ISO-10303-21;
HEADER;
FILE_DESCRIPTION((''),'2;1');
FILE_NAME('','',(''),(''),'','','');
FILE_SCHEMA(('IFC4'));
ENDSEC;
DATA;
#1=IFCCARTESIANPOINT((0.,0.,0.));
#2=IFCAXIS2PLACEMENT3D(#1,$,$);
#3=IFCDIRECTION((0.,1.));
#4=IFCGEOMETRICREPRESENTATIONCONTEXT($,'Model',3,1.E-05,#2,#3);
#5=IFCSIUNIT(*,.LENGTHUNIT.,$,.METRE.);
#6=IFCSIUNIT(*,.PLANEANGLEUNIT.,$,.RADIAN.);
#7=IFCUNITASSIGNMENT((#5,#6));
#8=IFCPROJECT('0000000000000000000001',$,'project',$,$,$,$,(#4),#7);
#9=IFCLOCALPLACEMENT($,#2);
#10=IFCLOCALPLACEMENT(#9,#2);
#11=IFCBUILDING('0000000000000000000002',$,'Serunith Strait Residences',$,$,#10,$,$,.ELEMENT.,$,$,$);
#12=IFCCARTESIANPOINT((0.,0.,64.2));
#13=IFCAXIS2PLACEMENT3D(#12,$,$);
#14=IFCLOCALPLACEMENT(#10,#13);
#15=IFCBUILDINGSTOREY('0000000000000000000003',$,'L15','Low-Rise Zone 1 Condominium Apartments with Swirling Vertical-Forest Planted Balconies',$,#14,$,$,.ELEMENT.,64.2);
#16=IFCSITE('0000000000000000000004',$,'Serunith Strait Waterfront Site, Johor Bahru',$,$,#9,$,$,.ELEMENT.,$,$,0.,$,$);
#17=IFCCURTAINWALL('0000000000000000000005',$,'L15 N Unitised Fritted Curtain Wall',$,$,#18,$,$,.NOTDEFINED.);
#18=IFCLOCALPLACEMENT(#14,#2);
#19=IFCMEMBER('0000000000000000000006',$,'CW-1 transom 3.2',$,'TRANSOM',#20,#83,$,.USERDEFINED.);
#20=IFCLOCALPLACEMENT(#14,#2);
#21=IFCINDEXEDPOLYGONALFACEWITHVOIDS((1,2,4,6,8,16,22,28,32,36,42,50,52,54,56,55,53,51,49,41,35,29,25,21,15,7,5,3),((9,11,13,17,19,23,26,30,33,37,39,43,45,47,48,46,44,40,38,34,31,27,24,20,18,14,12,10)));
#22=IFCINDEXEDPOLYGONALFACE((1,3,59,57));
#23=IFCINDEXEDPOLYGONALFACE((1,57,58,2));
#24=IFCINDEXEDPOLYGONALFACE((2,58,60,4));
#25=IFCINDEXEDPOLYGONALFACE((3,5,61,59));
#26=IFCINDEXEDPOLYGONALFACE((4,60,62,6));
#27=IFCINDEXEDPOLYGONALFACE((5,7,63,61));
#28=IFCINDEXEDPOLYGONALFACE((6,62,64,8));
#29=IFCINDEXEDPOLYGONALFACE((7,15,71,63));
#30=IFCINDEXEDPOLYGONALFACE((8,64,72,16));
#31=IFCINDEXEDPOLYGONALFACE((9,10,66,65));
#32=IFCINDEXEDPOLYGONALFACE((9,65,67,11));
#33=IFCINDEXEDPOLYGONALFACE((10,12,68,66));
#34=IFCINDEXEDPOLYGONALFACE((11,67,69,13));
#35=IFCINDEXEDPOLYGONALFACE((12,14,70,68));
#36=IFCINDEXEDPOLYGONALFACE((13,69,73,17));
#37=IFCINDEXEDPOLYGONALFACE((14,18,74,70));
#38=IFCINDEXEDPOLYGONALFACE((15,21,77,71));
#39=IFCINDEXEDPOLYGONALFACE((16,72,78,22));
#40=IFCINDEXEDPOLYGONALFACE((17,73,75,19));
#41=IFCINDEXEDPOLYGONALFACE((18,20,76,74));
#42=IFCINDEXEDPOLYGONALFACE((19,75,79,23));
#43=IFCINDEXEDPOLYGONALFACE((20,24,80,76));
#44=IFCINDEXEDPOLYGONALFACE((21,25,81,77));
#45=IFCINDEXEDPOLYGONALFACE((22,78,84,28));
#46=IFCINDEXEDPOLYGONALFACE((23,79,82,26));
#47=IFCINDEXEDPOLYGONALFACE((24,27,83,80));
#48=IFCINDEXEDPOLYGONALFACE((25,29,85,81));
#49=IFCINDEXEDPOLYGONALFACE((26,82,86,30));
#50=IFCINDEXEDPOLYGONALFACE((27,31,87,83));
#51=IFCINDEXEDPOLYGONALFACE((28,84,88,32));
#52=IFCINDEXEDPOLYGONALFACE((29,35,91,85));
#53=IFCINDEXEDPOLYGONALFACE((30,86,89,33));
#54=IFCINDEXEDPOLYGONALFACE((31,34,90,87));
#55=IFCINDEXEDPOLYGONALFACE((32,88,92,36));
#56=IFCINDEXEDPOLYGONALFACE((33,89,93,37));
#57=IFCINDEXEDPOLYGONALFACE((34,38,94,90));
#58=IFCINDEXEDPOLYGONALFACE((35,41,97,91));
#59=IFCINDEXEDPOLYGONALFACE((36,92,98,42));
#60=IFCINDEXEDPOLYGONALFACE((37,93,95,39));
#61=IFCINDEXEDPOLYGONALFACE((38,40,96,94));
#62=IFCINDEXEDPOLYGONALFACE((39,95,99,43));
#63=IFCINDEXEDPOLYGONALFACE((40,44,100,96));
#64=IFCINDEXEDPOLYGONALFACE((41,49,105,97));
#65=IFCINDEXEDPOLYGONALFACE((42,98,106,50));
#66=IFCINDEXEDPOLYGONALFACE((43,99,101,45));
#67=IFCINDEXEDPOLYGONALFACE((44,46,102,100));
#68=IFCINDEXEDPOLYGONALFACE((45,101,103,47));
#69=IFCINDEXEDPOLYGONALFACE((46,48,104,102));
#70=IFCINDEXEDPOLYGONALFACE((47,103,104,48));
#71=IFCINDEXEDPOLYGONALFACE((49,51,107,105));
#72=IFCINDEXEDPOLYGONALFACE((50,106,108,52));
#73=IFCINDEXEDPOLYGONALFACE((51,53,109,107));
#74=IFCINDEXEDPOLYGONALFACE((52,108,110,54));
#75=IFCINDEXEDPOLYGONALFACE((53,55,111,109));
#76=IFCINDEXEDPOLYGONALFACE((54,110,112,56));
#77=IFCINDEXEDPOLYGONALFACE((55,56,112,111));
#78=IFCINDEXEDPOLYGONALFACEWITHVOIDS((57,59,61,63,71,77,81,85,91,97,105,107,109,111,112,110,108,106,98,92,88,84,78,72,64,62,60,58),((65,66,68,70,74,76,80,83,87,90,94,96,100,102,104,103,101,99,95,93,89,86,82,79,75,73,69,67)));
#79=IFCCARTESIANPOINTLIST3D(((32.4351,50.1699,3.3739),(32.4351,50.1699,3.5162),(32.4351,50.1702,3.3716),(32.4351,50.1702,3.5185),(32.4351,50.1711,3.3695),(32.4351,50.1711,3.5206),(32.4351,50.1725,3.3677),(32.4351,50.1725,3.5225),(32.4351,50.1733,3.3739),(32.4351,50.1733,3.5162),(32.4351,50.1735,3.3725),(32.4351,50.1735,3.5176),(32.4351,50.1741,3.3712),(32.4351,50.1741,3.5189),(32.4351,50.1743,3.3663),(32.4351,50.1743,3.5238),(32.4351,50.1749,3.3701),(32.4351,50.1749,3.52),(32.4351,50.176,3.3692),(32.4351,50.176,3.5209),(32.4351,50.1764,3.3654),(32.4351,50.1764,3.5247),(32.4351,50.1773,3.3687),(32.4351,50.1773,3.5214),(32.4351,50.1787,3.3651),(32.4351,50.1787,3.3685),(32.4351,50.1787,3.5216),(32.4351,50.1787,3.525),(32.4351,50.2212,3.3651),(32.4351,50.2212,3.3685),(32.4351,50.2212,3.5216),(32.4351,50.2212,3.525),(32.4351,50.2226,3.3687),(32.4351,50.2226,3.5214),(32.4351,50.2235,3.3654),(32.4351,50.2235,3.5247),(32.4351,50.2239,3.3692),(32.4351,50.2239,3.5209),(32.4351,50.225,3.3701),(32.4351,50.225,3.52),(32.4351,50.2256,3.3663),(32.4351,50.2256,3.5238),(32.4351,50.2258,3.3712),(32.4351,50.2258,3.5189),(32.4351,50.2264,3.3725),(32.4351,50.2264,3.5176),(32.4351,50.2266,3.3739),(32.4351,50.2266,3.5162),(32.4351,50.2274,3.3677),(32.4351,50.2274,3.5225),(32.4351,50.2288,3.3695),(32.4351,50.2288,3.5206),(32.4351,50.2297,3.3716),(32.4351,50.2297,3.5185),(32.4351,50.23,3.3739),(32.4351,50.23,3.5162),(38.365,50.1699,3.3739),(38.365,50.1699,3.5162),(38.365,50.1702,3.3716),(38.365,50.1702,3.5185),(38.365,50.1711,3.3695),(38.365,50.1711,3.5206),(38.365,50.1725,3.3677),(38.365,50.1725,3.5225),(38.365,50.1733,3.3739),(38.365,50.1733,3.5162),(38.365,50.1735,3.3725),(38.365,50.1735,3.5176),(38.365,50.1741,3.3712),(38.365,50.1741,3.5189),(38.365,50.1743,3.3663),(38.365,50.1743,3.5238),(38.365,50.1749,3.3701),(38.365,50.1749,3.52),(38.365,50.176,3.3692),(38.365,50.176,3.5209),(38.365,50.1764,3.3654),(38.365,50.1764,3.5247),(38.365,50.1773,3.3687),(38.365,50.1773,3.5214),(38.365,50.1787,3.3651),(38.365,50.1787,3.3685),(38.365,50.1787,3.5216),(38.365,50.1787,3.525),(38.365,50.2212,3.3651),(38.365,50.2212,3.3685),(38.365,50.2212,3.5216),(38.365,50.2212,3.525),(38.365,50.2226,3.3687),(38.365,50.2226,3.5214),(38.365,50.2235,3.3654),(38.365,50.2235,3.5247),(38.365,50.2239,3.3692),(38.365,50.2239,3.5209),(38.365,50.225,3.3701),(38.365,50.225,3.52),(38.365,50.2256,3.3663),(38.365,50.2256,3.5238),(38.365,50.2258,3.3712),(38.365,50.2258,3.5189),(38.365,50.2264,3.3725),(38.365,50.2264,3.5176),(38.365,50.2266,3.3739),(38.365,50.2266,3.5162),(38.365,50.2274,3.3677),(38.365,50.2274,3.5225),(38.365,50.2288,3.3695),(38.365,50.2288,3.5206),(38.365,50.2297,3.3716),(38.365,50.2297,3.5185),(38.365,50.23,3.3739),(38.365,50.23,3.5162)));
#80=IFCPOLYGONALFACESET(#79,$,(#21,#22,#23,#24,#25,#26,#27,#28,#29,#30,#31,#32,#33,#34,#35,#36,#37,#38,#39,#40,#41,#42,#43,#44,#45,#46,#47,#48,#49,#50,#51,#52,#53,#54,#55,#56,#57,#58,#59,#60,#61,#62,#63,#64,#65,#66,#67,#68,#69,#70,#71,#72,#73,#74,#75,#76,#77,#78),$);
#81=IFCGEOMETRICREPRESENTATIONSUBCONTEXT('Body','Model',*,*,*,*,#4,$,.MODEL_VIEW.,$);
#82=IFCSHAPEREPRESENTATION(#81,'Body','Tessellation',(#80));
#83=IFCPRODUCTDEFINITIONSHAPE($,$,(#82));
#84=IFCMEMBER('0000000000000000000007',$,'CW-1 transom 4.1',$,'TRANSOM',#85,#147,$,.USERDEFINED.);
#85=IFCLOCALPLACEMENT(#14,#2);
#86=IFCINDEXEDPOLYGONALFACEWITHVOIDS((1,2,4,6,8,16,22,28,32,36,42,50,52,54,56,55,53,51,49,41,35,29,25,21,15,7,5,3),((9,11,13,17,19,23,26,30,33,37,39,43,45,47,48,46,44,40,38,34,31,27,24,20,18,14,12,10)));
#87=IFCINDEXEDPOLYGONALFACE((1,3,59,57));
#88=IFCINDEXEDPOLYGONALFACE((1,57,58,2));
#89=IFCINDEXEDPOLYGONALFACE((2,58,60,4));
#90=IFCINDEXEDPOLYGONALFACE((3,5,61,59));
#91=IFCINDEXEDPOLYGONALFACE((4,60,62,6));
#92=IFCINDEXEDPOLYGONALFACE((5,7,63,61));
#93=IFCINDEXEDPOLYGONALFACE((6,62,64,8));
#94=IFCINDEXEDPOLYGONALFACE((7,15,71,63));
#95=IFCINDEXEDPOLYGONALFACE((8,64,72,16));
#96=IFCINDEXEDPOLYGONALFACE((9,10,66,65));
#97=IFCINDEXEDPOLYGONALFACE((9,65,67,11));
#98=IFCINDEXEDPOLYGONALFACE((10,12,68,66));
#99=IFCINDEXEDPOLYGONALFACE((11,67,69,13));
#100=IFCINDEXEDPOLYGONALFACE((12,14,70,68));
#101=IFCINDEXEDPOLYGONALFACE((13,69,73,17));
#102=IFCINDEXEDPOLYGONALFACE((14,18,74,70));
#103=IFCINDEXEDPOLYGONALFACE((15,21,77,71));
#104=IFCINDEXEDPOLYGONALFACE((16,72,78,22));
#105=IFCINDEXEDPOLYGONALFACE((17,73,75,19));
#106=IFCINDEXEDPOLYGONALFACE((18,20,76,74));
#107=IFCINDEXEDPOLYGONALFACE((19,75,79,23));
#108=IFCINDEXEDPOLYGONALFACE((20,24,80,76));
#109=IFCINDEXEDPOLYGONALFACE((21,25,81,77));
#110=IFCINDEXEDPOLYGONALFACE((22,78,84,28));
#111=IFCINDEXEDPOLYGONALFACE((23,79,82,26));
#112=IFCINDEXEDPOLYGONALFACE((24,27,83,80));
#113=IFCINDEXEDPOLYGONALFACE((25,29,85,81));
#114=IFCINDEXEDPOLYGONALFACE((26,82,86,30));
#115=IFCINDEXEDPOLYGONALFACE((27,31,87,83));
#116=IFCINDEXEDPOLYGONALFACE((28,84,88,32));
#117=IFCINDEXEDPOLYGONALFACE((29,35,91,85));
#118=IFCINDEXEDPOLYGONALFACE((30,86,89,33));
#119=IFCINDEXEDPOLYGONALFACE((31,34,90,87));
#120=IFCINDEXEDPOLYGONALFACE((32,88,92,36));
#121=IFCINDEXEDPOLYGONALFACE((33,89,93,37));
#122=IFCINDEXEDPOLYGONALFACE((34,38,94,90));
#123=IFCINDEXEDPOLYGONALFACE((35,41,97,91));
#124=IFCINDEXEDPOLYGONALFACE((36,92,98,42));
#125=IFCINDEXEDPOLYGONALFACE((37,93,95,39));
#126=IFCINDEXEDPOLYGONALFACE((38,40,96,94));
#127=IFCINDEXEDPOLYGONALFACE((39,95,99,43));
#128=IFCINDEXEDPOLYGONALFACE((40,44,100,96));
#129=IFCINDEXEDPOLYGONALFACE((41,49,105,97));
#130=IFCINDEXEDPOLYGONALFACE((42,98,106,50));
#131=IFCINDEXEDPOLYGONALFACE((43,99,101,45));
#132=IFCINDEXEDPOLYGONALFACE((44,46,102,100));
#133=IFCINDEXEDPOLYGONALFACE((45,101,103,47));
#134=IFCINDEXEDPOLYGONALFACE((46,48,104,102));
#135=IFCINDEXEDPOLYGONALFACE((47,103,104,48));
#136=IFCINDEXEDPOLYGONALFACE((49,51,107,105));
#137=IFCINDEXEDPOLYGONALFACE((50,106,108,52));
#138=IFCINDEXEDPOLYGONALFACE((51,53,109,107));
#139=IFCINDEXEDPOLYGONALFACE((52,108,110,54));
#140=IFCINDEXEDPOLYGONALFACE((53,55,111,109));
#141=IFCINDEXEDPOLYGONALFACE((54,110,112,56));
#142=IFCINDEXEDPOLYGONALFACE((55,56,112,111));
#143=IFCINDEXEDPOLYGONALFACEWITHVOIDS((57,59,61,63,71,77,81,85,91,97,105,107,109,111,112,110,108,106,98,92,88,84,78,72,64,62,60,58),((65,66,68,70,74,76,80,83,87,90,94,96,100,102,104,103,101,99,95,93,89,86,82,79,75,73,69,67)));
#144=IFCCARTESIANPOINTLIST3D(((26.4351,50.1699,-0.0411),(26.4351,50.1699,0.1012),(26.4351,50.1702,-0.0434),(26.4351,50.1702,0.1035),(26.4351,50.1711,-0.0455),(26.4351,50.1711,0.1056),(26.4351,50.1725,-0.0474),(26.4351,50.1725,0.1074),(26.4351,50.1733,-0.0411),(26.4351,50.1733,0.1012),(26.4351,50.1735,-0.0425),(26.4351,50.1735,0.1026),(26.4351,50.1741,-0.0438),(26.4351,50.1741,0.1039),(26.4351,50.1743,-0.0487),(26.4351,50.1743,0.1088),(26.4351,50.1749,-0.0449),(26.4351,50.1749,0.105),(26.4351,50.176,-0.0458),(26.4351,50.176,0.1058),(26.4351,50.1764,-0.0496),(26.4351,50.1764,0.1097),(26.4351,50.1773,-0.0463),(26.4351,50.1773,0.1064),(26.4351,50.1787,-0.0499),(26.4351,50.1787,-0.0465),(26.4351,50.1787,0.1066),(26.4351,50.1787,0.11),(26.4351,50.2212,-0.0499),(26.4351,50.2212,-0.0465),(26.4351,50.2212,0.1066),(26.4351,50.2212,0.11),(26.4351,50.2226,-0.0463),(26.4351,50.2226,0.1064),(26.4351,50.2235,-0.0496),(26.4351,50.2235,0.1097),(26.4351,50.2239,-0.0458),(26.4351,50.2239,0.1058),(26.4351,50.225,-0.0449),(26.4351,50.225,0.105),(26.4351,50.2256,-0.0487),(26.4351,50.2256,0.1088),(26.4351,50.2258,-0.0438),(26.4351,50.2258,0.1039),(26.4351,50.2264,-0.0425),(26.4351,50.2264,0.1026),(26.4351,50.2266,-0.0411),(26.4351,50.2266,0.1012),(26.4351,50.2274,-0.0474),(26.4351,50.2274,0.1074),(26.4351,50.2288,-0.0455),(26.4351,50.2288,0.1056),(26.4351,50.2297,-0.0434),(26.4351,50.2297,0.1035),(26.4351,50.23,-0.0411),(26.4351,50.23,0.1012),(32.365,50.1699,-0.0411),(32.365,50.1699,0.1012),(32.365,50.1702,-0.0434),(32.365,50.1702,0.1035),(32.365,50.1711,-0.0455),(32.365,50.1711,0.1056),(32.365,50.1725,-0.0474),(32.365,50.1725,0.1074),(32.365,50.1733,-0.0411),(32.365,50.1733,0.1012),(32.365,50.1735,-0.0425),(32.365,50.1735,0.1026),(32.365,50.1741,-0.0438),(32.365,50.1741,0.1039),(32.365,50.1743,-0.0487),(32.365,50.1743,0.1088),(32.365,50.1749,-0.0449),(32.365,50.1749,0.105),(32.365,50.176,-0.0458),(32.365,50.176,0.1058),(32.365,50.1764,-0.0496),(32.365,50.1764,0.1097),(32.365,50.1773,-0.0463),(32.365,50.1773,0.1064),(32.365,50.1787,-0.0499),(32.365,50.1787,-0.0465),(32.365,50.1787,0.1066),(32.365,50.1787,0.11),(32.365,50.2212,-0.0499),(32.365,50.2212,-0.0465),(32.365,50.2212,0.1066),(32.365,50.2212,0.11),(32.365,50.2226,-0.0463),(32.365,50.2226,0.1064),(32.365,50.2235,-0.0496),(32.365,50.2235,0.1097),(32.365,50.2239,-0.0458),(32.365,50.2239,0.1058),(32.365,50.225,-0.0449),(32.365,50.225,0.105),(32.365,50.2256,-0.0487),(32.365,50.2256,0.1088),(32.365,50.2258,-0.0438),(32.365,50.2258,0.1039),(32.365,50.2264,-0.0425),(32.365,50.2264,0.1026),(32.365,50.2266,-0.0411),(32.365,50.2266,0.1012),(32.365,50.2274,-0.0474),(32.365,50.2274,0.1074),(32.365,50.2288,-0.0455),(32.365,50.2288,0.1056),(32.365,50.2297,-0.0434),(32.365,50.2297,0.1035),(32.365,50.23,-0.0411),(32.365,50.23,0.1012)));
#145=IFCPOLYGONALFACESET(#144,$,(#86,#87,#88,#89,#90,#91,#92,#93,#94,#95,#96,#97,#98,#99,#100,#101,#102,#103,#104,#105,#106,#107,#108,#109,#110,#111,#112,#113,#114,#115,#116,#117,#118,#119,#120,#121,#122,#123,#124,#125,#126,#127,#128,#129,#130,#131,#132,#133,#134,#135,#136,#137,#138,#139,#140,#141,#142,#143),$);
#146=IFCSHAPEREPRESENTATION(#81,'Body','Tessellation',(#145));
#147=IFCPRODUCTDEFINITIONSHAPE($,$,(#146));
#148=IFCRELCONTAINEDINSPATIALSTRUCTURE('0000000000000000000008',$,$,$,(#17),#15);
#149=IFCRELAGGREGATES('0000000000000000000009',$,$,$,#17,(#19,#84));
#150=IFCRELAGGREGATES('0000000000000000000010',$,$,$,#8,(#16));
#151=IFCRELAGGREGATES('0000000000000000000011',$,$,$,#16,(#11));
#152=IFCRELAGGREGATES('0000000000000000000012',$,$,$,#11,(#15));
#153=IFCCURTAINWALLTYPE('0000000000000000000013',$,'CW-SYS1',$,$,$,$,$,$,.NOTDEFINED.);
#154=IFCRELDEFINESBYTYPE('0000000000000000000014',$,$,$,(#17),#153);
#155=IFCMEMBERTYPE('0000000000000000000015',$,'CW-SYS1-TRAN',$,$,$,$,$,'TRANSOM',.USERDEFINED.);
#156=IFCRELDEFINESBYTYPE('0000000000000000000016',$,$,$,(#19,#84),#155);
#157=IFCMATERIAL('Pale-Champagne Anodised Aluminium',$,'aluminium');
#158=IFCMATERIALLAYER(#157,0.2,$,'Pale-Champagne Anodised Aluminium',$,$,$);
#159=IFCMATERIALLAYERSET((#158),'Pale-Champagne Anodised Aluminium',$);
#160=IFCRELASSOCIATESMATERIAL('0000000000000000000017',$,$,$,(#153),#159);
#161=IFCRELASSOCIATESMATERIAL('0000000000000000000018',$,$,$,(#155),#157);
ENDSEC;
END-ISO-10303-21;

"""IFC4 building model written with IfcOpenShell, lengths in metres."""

from ifc_helpers import new_model, si_unit, direction, frame, origin, origin_2d, place, context, subcontext, project, spatial, hollow_rectangle, extrude, source, transform, mapped, material, layer, layer_set, material_profile, profile_set, type_object, element, aggregate, save


model = new_model("IFC4")

# Units and contexts
model_context = context("Model", 3, precision=1e-05, world=origin(), true_north=direction((0.0, 1.0)))
body_context = subcontext(model_context, "Body", "Model", "MODEL_VIEW")
ifc_project = project(units=[si_unit("LENGTHUNIT", "METRE"), si_unit("PLANEANGLEUNIT", "RADIAN")], contexts=[model_context])

# Site, building, storey
site_placement = place(None, origin())
site = spatial("IfcSite", under=ifc_project, at=site_placement, Name="Serunith Strait Waterfront Site, Johor Bahru", CompositionType="ELEMENT", RefElevation=0.0)
building_placement = place(site_placement, origin())
building = spatial("IfcBuilding", under=site, at=building_placement, Name="Serunith Strait Residences", CompositionType="ELEMENT")
storey_placement = place(building_placement, frame((0.0, 0.0, 64.2)))
storey = spatial("IfcBuildingStorey", under=building, at=storey_placement, Name="L15", Description="Low-Rise Zone 1 Condominium Apartments with Swirling Vertical-Forest Planted Balconies", CompositionType="ELEMENT", Elevation=64.2)

# Curtain wall, members
ifc_material_1 = material(Name="Pale-Champagne Anodised Aluminium", Category="aluminium")
ifc_layer_1 = layer(ifc_material_1, 0.2, Name="Pale-Champagne Anodised Aluminium")
ifc_layer_set_1 = layer_set([ifc_layer_1], Name="Pale-Champagne Anodised Aluminium")
curtain_wall_type = type_object("IfcCurtainWallType", Name="CW-SYS1", PredefinedType="NOTDEFINED", material=ifc_layer_set_1)
curtain_wall_placement = place(storey_placement, origin())
curtain_wall = element("IfcCurtainWall", 1, at=curtain_wall_placement, inside=storey, type_object=curtain_wall_type, Name="L15 N Unitised Fritted Curtain Wall", PredefinedType="NOTDEFINED")
ifc_material_profile_1 = material_profile(ifc_material_1, hollow_rectangle(XDim=0.0601, YDim=0.1599, WallThickness=0.0034, InnerFilletRadius=0.0054, OuterFilletRadius=0.0088, at=origin_2d()), Name="ALU 160x60x3.5")
ifc_profile_set_1 = profile_set([ifc_material_profile_1], Name="Pale-Champagne Anodised Aluminium")
member_type_1 = type_object("IfcMemberType", Name="CW-SYS1-TRAN", ElementType="TRANSOM", PredefinedType="USERDEFINED", material=ifc_profile_set_1)
shared_shape_1 = source(origin(), body_context, "Body", "SweptSolid", [
    extrude(hollow_rectangle(XDim=0.0601, YDim=0.1599, WallThickness=0.0034, InnerFilletRadius=0.0054, OuterFilletRadius=0.0088, at=origin_2d()), origin(), (0.0, 0.0, 1.0), 5.9299),
])
member_1_placement = place(storey_placement, frame((38.365, 50.2, 3.4451), z_axis=(-1.0, 0.0, 0.0), x_axis=(0.0, -1.0, 0.0)))
member_1 = element("IfcMember", 2, at=member_1_placement, type_object=member_type_1, Name="CW-1 transom 3.2", ObjectType="TRANSOM", PredefinedType="USERDEFINED", context=body_context, shape_type="MappedRepresentation", body=[
    mapped(shared_shape_1, transform((0.0, 0.0, 0.0), scale=1.0)),
])
member_2_placement = place(storey_placement, frame((32.365, 50.2, 0.03), z_axis=(-1.0, 0.0, 0.0), x_axis=(0.0, -1.0, 0.0)))
member_2 = element("IfcMember", 3, at=member_2_placement, type_object=member_type_1, Name="CW-1 transom 4.1", ObjectType="TRANSOM", PredefinedType="USERDEFINED", context=body_context, shape_type="MappedRepresentation", body=[
    mapped(shared_shape_1, transform((0.0, 0.0, 0.0), scale=1.0)),
])
aggregate(curtain_wall, [member_1, member_2])

save(model, "model.ifc")
